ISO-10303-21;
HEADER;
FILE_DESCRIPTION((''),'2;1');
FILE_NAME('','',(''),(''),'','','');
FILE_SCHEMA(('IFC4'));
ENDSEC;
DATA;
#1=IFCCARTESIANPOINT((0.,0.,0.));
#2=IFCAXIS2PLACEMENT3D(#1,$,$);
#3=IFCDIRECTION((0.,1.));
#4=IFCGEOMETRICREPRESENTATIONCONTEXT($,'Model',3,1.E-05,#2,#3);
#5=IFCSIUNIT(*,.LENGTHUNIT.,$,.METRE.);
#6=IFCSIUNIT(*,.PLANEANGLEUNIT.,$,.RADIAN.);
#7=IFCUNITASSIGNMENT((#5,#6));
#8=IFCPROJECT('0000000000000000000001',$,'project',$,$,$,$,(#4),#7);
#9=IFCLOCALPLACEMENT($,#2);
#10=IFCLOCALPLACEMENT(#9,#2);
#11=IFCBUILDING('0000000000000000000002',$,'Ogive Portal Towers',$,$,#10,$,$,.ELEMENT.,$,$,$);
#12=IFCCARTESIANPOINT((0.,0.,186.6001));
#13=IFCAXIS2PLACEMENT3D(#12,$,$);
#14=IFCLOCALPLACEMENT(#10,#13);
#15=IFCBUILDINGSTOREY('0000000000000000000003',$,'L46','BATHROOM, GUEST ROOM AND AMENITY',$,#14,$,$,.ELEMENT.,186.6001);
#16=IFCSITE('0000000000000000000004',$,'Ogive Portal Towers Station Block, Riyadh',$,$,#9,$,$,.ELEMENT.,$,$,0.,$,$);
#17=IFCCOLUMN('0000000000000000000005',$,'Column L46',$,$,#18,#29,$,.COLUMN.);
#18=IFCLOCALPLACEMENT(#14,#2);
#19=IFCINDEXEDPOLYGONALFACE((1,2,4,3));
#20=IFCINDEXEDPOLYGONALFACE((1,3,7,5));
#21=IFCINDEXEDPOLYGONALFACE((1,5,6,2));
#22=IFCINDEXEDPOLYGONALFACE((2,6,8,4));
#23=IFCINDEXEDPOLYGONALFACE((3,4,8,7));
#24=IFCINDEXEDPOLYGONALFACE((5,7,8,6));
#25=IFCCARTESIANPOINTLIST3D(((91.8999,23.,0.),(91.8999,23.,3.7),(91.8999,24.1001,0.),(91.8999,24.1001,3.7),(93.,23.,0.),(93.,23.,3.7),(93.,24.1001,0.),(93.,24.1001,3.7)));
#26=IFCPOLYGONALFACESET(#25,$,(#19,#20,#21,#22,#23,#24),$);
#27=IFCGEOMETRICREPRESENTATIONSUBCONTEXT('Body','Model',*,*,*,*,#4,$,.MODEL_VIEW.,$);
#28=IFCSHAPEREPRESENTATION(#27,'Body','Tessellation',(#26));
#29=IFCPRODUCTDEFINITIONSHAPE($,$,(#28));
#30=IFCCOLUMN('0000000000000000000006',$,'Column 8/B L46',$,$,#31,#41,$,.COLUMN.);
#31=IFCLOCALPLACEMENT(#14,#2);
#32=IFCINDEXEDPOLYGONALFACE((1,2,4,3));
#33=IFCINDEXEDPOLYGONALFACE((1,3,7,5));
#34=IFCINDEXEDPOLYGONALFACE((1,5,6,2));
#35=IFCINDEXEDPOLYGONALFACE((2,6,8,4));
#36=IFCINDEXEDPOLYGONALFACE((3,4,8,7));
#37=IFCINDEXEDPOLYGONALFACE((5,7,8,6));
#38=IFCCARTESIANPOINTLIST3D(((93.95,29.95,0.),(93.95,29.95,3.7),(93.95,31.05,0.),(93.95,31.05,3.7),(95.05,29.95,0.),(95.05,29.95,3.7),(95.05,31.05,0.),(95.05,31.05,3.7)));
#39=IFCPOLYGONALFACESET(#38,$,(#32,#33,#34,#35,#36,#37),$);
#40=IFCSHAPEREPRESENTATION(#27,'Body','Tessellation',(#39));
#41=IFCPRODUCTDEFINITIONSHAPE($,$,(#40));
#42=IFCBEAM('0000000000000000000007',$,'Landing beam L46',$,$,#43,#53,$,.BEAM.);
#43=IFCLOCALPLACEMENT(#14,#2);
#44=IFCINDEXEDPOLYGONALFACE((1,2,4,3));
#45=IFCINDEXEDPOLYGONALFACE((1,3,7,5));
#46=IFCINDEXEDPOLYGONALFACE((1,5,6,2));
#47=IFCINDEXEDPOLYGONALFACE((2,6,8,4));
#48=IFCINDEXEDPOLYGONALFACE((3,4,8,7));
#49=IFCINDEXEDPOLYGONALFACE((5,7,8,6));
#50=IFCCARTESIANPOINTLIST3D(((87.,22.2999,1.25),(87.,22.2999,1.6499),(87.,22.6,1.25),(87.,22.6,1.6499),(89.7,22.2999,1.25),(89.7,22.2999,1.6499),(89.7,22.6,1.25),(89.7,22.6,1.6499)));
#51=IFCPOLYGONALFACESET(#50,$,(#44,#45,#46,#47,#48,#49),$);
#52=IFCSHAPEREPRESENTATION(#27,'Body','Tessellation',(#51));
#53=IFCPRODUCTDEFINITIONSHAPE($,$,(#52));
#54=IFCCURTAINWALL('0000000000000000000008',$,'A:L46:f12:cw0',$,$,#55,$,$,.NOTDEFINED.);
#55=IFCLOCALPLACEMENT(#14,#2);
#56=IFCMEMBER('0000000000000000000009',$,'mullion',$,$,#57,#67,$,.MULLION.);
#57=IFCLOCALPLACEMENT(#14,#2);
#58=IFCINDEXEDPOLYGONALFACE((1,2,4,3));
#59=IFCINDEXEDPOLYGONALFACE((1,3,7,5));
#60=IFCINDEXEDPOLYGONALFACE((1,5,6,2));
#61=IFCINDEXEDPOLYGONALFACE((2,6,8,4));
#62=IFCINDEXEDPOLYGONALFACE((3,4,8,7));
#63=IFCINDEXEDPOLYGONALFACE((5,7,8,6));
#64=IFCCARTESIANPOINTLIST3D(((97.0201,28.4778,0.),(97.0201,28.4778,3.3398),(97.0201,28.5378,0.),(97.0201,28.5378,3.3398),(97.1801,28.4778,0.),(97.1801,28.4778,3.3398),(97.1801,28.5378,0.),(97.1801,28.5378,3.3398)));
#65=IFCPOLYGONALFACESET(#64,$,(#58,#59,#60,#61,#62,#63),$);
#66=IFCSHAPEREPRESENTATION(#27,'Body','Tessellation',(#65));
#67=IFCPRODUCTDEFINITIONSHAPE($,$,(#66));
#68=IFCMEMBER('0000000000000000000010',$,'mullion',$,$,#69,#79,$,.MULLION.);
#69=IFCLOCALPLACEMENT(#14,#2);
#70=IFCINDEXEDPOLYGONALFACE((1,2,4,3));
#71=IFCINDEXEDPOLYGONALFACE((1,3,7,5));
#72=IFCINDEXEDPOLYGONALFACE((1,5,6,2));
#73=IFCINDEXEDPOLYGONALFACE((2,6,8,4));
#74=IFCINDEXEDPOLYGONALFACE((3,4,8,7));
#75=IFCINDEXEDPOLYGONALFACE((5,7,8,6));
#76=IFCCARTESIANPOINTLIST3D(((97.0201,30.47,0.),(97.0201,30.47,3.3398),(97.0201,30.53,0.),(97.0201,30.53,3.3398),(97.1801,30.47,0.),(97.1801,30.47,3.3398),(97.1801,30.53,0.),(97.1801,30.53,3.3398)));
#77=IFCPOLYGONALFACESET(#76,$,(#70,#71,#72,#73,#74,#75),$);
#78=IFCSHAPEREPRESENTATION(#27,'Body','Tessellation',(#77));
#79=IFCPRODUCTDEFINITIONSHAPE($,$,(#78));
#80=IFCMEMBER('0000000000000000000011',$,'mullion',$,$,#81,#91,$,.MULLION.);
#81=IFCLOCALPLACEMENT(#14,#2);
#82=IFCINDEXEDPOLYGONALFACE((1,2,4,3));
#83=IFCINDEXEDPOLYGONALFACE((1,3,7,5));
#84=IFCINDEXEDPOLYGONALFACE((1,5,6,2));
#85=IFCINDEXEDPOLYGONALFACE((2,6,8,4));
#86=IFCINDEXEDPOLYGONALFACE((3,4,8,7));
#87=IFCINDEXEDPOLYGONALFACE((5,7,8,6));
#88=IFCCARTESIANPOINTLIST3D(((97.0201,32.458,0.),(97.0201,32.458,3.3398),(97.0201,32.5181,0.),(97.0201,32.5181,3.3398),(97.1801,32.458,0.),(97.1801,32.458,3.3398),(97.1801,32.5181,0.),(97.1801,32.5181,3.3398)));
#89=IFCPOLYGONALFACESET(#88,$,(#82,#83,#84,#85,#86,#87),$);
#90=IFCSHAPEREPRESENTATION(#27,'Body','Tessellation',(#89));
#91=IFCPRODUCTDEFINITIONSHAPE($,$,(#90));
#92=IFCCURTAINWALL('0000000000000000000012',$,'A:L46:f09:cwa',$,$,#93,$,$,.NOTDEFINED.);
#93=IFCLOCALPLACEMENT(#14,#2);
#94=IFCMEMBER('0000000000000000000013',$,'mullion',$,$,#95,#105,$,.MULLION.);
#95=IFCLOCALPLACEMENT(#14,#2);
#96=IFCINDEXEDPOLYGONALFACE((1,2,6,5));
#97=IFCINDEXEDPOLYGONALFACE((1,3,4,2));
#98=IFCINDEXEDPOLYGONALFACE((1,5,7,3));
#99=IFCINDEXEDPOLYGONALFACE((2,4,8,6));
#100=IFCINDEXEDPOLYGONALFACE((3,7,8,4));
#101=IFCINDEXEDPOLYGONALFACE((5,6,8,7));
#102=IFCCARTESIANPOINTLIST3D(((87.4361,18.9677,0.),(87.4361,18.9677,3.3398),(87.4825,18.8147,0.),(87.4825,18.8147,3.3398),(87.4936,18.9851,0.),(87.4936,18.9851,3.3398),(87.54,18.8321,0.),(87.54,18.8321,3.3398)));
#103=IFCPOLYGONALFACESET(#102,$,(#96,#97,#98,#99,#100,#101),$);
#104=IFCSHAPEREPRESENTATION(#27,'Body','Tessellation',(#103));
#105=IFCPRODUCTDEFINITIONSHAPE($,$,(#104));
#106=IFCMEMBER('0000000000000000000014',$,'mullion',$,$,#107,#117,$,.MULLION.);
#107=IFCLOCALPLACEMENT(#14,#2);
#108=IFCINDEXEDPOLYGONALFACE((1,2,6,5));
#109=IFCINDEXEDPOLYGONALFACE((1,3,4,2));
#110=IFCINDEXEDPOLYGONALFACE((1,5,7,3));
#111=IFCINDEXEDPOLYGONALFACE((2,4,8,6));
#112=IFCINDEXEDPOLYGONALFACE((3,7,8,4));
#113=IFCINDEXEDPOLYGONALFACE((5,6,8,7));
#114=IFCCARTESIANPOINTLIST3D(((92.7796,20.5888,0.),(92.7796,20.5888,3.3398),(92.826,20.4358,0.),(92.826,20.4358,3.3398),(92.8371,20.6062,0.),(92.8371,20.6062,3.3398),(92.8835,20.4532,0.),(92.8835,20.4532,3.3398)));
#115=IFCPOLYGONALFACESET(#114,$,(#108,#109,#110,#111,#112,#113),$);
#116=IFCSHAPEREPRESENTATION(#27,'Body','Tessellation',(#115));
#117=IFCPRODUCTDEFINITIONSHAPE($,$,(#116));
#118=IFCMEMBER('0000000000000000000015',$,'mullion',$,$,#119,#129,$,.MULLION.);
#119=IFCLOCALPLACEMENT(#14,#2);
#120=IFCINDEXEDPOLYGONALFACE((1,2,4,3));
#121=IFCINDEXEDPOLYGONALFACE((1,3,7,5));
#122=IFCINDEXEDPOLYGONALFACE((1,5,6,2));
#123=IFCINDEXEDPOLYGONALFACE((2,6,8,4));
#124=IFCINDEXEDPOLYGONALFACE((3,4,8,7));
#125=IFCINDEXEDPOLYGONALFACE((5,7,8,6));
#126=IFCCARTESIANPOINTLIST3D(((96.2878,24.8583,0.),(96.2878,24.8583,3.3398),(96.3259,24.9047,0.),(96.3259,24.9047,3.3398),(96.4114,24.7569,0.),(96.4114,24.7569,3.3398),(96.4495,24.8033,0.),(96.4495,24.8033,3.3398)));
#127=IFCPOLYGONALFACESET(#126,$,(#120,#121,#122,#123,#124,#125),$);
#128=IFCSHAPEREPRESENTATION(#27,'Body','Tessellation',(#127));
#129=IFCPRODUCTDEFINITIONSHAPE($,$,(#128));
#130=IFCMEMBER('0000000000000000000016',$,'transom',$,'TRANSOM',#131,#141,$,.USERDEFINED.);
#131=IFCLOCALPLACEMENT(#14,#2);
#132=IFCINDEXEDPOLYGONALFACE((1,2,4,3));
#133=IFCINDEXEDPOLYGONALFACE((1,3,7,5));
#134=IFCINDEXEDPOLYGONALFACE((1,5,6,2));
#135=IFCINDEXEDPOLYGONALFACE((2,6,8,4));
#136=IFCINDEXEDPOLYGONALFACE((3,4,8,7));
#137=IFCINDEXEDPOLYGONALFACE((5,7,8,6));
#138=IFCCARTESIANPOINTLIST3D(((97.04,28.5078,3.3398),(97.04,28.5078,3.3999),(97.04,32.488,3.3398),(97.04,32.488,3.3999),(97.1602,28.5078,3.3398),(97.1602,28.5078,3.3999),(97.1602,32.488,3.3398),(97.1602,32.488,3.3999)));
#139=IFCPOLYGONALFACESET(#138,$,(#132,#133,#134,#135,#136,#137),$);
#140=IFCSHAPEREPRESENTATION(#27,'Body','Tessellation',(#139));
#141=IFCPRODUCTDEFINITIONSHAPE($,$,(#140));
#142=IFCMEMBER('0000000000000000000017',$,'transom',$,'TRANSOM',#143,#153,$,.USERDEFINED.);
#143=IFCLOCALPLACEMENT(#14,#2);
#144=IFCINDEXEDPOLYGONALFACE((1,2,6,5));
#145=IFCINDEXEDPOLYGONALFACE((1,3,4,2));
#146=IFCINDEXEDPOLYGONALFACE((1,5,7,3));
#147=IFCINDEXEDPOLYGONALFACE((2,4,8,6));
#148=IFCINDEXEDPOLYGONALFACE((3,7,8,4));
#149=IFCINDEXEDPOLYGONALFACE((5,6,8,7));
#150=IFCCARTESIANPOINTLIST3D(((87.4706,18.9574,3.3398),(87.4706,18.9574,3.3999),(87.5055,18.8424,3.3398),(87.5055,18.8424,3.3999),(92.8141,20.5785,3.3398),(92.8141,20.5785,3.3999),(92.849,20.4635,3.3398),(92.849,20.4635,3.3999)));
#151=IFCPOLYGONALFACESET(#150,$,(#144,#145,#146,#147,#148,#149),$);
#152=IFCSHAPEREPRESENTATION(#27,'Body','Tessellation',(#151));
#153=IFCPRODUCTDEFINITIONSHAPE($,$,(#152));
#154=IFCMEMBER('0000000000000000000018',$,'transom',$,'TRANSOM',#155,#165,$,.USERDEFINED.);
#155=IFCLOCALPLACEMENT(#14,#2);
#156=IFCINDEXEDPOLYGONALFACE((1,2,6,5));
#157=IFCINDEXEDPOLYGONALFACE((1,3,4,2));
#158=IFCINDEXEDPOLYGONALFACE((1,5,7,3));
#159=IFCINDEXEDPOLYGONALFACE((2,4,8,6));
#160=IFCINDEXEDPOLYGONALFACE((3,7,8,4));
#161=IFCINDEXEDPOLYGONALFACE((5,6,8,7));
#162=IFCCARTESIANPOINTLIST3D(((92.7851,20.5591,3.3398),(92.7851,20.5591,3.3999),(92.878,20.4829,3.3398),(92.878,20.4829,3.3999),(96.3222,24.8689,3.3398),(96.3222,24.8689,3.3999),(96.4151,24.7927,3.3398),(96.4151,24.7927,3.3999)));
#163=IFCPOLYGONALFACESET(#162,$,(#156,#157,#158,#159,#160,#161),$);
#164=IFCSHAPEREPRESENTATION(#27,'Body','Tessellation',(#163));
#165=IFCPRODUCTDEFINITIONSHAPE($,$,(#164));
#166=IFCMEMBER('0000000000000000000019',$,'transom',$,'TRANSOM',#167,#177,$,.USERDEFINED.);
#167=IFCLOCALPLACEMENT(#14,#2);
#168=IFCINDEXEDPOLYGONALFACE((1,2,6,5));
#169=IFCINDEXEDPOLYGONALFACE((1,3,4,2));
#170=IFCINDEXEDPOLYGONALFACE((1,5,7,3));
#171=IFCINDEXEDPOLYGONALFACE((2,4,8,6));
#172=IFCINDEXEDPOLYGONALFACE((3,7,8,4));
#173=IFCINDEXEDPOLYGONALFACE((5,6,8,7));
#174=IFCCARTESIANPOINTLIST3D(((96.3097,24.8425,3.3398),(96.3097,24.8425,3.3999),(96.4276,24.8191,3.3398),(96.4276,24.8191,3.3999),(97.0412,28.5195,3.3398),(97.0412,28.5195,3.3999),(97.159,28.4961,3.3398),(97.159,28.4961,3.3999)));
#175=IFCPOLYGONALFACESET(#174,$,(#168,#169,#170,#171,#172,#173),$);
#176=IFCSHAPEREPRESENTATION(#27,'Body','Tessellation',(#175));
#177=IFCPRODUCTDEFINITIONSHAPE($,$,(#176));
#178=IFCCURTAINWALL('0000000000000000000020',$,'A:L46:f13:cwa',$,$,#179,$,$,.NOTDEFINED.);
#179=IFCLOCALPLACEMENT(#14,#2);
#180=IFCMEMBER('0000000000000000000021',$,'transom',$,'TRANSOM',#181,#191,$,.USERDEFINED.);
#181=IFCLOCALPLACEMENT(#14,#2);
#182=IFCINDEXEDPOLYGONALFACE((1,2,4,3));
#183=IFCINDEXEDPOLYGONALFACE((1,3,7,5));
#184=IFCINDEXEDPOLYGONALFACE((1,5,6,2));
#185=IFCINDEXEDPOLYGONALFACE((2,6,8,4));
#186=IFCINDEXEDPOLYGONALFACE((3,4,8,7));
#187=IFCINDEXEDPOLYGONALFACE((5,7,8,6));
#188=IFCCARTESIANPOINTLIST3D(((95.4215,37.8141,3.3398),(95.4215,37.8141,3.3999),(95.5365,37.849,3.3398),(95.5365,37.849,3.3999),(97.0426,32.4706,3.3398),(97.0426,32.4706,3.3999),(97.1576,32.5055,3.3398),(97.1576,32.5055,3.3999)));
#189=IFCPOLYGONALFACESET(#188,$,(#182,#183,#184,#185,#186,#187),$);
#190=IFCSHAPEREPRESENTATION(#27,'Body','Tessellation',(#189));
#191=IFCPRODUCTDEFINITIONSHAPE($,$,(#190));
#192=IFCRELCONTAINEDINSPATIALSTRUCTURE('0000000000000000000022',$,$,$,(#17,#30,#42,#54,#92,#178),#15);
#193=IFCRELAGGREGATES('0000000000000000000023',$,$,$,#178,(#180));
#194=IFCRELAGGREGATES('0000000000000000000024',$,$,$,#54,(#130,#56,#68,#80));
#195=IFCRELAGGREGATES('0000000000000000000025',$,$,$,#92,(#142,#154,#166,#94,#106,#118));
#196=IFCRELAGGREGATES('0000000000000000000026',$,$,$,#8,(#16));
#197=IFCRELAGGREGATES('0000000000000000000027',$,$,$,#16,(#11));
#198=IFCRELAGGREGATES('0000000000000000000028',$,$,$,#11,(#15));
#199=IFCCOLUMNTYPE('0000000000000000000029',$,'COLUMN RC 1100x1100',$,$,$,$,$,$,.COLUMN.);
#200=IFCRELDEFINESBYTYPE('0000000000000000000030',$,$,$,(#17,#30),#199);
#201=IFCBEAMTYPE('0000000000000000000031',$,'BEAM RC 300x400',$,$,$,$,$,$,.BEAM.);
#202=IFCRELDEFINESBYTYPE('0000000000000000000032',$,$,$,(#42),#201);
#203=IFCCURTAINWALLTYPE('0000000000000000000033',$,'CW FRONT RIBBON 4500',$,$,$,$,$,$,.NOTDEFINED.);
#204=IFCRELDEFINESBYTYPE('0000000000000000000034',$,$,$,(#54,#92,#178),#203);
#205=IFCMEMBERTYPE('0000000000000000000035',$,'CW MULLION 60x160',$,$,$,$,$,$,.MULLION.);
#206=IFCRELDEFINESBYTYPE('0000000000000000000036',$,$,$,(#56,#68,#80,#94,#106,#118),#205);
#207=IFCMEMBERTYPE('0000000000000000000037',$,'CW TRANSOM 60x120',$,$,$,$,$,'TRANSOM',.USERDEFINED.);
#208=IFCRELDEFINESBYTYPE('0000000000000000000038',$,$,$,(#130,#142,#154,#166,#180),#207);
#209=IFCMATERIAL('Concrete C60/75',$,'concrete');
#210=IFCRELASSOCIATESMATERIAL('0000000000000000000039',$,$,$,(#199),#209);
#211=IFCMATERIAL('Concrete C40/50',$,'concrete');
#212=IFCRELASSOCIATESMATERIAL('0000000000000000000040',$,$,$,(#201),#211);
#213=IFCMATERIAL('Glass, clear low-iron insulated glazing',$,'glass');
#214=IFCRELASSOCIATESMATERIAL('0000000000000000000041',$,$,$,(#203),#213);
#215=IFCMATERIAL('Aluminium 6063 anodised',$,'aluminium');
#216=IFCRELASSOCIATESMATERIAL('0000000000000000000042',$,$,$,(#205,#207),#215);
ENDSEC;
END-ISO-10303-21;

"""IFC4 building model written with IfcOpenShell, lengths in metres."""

from ifc_helpers import new_model, si_unit, direction, frame, origin, origin_2d, place, context, subcontext, project, spatial, rectangle, extrude, material, material_profile, profile_set, type_object, element, aggregate, save


model = new_model("IFC4")

# Units and contexts
model_context = context("Model", 3, precision=1e-05, world=origin(), true_north=direction((0.0, 1.0)))
body_context = subcontext(model_context, "Body", "Model", "MODEL_VIEW")
ifc_project = project(units=[si_unit("LENGTHUNIT", "METRE"), si_unit("PLANEANGLEUNIT", "RADIAN")], contexts=[model_context])

# Site, building, storey
site_placement = place(None, origin())
site = spatial("IfcSite", under=ifc_project, at=site_placement, Name="Ogive Portal Towers Station Block, Riyadh", CompositionType="ELEMENT", RefElevation=0.0)
building_placement = place(site_placement, origin())
building = spatial("IfcBuilding", under=site, at=building_placement, Name="Ogive Portal Towers", CompositionType="ELEMENT")
storey_placement = place(building_placement, frame((0.0, 0.0, 186.6001)))
storey = spatial("IfcBuildingStorey", under=building, at=storey_placement, Name="L46", Description="BATHROOM, GUEST ROOM AND AMENITY", CompositionType="ELEMENT", Elevation=186.6001)

# Columns
ifc_material_1 = material(Name="Concrete C60/75", Category="concrete")
ifc_material_profile_1 = material_profile(ifc_material_1, rectangle(XDim=1.1001, YDim=1.1001, at=origin_2d()), Name="RC 1100x1100")
ifc_profile_set_1 = profile_set([ifc_material_profile_1], Name="Concrete C60/75")
column_type = type_object("IfcColumnType", Name="COLUMN RC 1100x1100", PredefinedType="COLUMN", material=ifc_profile_set_1)
for number, where, z_axis, x_axis, name in (
    (1, (92.45, 23.55, 0.0), (0.0, 0.0, 1.0), (1.0, 0.0, 0.0), "Column L46"),
    (2, (94.5, 30.5, 0.0), (0.0, 0.0, 1.0), (1.0, 0.0, 0.0), "Column 8/B L46"),
):
    element("IfcColumn", number, at=place(storey_placement, frame(where, z_axis=z_axis, x_axis=x_axis)), inside=storey, type_object=column_type, Name=name, PredefinedType="COLUMN", context=body_context, shape_type="SweptSolid", body=[
        extrude(rectangle(XDim=1.1001, YDim=1.1001, at=origin_2d()), origin(), (0.0, 0.0, 1.0), 3.7),
    ])

# Beam
ifc_material_2 = material(Name="Concrete C40/50", Category="concrete")
ifc_material_profile_2 = material_profile(ifc_material_2, rectangle(XDim=0.3, YDim=0.3999, at=origin_2d()), Name="RC 300x400")
ifc_profile_set_2 = profile_set([ifc_material_profile_2], Name="Concrete C40/50")
beam_type = type_object("IfcBeamType", Name="BEAM RC 300x400", PredefinedType="BEAM", material=ifc_profile_set_2)
beam_placement = place(storey_placement, frame((87.0, 22.45, 1.45), z_axis=(1.0, 0.0, 0.0), x_axis=(0.0, 1.0, 0.0)))
element("IfcBeam", 3, at=beam_placement, inside=storey, type_object=beam_type, Name="Landing beam L46", PredefinedType="BEAM", context=body_context, shape_type="SweptSolid", body=[
    extrude(rectangle(XDim=0.3, YDim=0.3999, at=origin_2d()), origin(), (0.0, 0.0, 1.0), 2.7),
])

# Curtain walls, members
ifc_material_3 = material(Name="Glass, clear low-iron insulated glazing", Category="glass")
curtain_wall_type = type_object("IfcCurtainWallType", Name="CW FRONT RIBBON 4500", PredefinedType="NOTDEFINED", material=ifc_material_3)
curtain_wall_1_placement = place(storey_placement, origin())
curtain_wall_1 = element("IfcCurtainWall", 4, at=curtain_wall_1_placement, inside=storey, type_object=curtain_wall_type, Name="A:L46:f12:cw0", PredefinedType="NOTDEFINED")
ifc_material_4 = material(Name="Aluminium 6063 anodised", Category="aluminium")
ifc_material_profile_3 = material_profile(ifc_material_4, rectangle(XDim=0.1599, YDim=0.0601, at=origin_2d()), Name="AL 60x160")
ifc_profile_set_3 = profile_set([ifc_material_profile_3], Name="Aluminium 6063 anodised")
member_type_1 = type_object("IfcMemberType", Name="CW MULLION 60x160", PredefinedType="MULLION", material=ifc_profile_set_3)
member_1_placement = place(storey_placement, frame((97.1001, 28.5078, 0.0), z_axis=(0.0, 0.0, 1.0), x_axis=(-1.0, 0.0, 0.0)))
member_1 = element("IfcMember", 5, at=member_1_placement, type_object=member_type_1, Name="mullion", PredefinedType="MULLION", context=body_context, shape_type="SweptSolid", body=[
    extrude(rectangle(XDim=0.1599, YDim=0.0601, at=origin_2d()), origin(), (0.0, 0.0, 1.0), 3.3398),
])
member_2_placement = place(storey_placement, frame((97.1001, 30.5, 0.0), z_axis=(0.0, 0.0, 1.0), x_axis=(-1.0, 0.0, 0.0)))
member_2 = element("IfcMember", 6, at=member_2_placement, type_object=member_type_1, Name="mullion", PredefinedType="MULLION", context=body_context, shape_type="SweptSolid", body=[
    extrude(rectangle(XDim=0.1599, YDim=0.0601, at=origin_2d()), origin(), (0.0, 0.0, 1.0), 3.3398),
])
member_3_placement = place(storey_placement, frame((97.1001, 32.488, 0.0), z_axis=(0.0, 0.0, 1.0), x_axis=(-1.0, 0.0, 0.0)))
member_3 = element("IfcMember", 7, at=member_3_placement, type_object=member_type_1, Name="mullion", PredefinedType="MULLION", context=body_context, shape_type="SweptSolid", body=[
    extrude(rectangle(XDim=0.1599, YDim=0.0601, at=origin_2d()), origin(), (0.0, 0.0, 1.0), 3.3398),
])
curtain_wall_2_placement = place(storey_placement, origin())
curtain_wall_2 = element("IfcCurtainWall", 8, at=curtain_wall_2_placement, inside=storey, type_object=curtain_wall_type, Name="A:L46:f09:cwa", PredefinedType="NOTDEFINED")
member_4_placement = place(storey_placement, frame((87.488, 18.8999, 0.0), z_axis=(0.0, 0.0, 1.0), x_axis=(-0.290285, 0.95694, 0.0)))
member_4 = element("IfcMember", 9, at=member_4_placement, type_object=member_type_1, Name="mullion", PredefinedType="MULLION", context=body_context, shape_type="SweptSolid", body=[
    extrude(rectangle(XDim=0.1599, YDim=0.0601, at=origin_2d()), origin(), (0.0, 0.0, 1.0), 3.3398),
])
member_5_placement = place(storey_placement, frame((92.8315, 20.521, 0.0), z_axis=(0.0, 0.0, 1.0), x_axis=(-0.290285, 0.95694, 0.0)))
member_5 = element("IfcMember", 10, at=member_5_placement, type_object=member_type_1, Name="mullion", PredefinedType="MULLION", context=body_context, shape_type="SweptSolid", body=[
    extrude(rectangle(XDim=0.1599, YDim=0.0601, at=origin_2d()), origin(), (0.0, 0.0, 1.0), 3.3398),
])
member_6_placement = place(storey_placement, frame((96.3687, 24.8308, 0.0), z_axis=(0.0, 0.0, 1.0), x_axis=(-0.77301, 0.634393, 0.0)))
member_6 = element("IfcMember", 11, at=member_6_placement, type_object=member_type_1, Name="mullion", PredefinedType="MULLION", context=body_context, shape_type="SweptSolid", body=[
    extrude(rectangle(XDim=0.1599, YDim=0.0601, at=origin_2d()), origin(), (0.0, 0.0, 1.0), 3.3398),
])

# Members
ifc_material_profile_4 = material_profile(ifc_material_4, rectangle(XDim=0.1201, YDim=0.0601, at=origin_2d()), Name="AL 120x60")
ifc_profile_set_4 = profile_set([ifc_material_profile_4], Name="Aluminium 6063 anodised")
member_type_2 = type_object("IfcMemberType", Name="CW TRANSOM 60x120", ElementType="TRANSOM", PredefinedType="USERDEFINED", material=ifc_profile_set_4)
member_7_placement = place(storey_placement, frame((97.1001, 28.5078, 3.3699), z_axis=(0.0, 1.0, 0.0), x_axis=(-1.0, 0.0, 0.0)))
member_7 = element("IfcMember", 12, at=member_7_placement, type_object=member_type_2, Name="transom", ObjectType="TRANSOM", PredefinedType="USERDEFINED", context=body_context, shape_type="SweptSolid", body=[
    extrude(rectangle(XDim=0.1201, YDim=0.0601, at=origin_2d()), origin(), (0.0, 0.0, 1.0), 3.9802),
])
member_8_placement = place(storey_placement, frame((87.488, 18.8999, 3.3699), z_axis=(0.956932, 0.290311, 0.0), x_axis=(-0.290311, 0.956932, 0.0)))
member_8 = element("IfcMember", 13, at=member_8_placement, type_object=member_type_2, Name="transom", ObjectType="TRANSOM", PredefinedType="USERDEFINED", context=body_context, shape_type="SweptSolid", body=[
    extrude(rectangle(XDim=0.1201, YDim=0.0601, at=origin_2d()), origin(), (0.0, 0.0, 1.0), 5.584),
])
member_9_placement = place(storey_placement, frame((92.8315, 20.521, 3.3699), z_axis=(0.634408, 0.772998, 0.0), x_axis=(-0.772998, 0.634408, 0.0)))
member_9 = element("IfcMember", 14, at=member_9_placement, type_object=member_type_2, Name="transom", ObjectType="TRANSOM", PredefinedType="USERDEFINED", context=body_context, shape_type="SweptSolid", body=[
    extrude(rectangle(XDim=0.1201, YDim=0.0601, at=origin_2d()), origin(), (0.0, 0.0, 1.0), 5.5754),
])
member_10_placement = place(storey_placement, frame((96.3687, 24.8308, 3.3699), z_axis=(0.195102, 0.980783, 0.0), x_axis=(-0.980783, 0.195102, 0.0)))
member_10 = element("IfcMember", 15, at=member_10_placement, type_object=member_type_2, Name="transom", ObjectType="TRANSOM", PredefinedType="USERDEFINED", context=body_context, shape_type="SweptSolid", body=[
    extrude(rectangle(XDim=0.1201, YDim=0.0601, at=origin_2d()), origin(), (0.0, 0.0, 1.0), 3.749),
])

# Curtain wall, member
curtain_wall_3_placement = place(storey_placement, origin())
curtain_wall_3 = element("IfcCurtainWall", 16, at=curtain_wall_3_placement, inside=storey, type_object=curtain_wall_type, Name="A:L46:f13:cwa", PredefinedType="NOTDEFINED")
member_11_placement = place(storey_placement, frame((97.1001, 32.488, 3.3699), z_axis=(-0.290311, 0.956932, 0.0), x_axis=(-0.956932, -0.290311, 0.0)))
member_11 = element("IfcMember", 17, at=member_11_placement, type_object=member_type_2, Name="transom", ObjectType="TRANSOM", PredefinedType="USERDEFINED", context=body_context, shape_type="SweptSolid", body=[
    extrude(rectangle(XDim=0.1201, YDim=0.0601, at=origin_2d()), origin(), (0.0, 0.0, 1.0), 5.584),
])
aggregate(curtain_wall_3, [member_11])

aggregate(curtain_wall_1, [member_7, member_1, member_2, member_3])
aggregate(curtain_wall_2, [member_8, member_9, member_10, member_4, member_5, member_6])

save(model, "model.ifc")
